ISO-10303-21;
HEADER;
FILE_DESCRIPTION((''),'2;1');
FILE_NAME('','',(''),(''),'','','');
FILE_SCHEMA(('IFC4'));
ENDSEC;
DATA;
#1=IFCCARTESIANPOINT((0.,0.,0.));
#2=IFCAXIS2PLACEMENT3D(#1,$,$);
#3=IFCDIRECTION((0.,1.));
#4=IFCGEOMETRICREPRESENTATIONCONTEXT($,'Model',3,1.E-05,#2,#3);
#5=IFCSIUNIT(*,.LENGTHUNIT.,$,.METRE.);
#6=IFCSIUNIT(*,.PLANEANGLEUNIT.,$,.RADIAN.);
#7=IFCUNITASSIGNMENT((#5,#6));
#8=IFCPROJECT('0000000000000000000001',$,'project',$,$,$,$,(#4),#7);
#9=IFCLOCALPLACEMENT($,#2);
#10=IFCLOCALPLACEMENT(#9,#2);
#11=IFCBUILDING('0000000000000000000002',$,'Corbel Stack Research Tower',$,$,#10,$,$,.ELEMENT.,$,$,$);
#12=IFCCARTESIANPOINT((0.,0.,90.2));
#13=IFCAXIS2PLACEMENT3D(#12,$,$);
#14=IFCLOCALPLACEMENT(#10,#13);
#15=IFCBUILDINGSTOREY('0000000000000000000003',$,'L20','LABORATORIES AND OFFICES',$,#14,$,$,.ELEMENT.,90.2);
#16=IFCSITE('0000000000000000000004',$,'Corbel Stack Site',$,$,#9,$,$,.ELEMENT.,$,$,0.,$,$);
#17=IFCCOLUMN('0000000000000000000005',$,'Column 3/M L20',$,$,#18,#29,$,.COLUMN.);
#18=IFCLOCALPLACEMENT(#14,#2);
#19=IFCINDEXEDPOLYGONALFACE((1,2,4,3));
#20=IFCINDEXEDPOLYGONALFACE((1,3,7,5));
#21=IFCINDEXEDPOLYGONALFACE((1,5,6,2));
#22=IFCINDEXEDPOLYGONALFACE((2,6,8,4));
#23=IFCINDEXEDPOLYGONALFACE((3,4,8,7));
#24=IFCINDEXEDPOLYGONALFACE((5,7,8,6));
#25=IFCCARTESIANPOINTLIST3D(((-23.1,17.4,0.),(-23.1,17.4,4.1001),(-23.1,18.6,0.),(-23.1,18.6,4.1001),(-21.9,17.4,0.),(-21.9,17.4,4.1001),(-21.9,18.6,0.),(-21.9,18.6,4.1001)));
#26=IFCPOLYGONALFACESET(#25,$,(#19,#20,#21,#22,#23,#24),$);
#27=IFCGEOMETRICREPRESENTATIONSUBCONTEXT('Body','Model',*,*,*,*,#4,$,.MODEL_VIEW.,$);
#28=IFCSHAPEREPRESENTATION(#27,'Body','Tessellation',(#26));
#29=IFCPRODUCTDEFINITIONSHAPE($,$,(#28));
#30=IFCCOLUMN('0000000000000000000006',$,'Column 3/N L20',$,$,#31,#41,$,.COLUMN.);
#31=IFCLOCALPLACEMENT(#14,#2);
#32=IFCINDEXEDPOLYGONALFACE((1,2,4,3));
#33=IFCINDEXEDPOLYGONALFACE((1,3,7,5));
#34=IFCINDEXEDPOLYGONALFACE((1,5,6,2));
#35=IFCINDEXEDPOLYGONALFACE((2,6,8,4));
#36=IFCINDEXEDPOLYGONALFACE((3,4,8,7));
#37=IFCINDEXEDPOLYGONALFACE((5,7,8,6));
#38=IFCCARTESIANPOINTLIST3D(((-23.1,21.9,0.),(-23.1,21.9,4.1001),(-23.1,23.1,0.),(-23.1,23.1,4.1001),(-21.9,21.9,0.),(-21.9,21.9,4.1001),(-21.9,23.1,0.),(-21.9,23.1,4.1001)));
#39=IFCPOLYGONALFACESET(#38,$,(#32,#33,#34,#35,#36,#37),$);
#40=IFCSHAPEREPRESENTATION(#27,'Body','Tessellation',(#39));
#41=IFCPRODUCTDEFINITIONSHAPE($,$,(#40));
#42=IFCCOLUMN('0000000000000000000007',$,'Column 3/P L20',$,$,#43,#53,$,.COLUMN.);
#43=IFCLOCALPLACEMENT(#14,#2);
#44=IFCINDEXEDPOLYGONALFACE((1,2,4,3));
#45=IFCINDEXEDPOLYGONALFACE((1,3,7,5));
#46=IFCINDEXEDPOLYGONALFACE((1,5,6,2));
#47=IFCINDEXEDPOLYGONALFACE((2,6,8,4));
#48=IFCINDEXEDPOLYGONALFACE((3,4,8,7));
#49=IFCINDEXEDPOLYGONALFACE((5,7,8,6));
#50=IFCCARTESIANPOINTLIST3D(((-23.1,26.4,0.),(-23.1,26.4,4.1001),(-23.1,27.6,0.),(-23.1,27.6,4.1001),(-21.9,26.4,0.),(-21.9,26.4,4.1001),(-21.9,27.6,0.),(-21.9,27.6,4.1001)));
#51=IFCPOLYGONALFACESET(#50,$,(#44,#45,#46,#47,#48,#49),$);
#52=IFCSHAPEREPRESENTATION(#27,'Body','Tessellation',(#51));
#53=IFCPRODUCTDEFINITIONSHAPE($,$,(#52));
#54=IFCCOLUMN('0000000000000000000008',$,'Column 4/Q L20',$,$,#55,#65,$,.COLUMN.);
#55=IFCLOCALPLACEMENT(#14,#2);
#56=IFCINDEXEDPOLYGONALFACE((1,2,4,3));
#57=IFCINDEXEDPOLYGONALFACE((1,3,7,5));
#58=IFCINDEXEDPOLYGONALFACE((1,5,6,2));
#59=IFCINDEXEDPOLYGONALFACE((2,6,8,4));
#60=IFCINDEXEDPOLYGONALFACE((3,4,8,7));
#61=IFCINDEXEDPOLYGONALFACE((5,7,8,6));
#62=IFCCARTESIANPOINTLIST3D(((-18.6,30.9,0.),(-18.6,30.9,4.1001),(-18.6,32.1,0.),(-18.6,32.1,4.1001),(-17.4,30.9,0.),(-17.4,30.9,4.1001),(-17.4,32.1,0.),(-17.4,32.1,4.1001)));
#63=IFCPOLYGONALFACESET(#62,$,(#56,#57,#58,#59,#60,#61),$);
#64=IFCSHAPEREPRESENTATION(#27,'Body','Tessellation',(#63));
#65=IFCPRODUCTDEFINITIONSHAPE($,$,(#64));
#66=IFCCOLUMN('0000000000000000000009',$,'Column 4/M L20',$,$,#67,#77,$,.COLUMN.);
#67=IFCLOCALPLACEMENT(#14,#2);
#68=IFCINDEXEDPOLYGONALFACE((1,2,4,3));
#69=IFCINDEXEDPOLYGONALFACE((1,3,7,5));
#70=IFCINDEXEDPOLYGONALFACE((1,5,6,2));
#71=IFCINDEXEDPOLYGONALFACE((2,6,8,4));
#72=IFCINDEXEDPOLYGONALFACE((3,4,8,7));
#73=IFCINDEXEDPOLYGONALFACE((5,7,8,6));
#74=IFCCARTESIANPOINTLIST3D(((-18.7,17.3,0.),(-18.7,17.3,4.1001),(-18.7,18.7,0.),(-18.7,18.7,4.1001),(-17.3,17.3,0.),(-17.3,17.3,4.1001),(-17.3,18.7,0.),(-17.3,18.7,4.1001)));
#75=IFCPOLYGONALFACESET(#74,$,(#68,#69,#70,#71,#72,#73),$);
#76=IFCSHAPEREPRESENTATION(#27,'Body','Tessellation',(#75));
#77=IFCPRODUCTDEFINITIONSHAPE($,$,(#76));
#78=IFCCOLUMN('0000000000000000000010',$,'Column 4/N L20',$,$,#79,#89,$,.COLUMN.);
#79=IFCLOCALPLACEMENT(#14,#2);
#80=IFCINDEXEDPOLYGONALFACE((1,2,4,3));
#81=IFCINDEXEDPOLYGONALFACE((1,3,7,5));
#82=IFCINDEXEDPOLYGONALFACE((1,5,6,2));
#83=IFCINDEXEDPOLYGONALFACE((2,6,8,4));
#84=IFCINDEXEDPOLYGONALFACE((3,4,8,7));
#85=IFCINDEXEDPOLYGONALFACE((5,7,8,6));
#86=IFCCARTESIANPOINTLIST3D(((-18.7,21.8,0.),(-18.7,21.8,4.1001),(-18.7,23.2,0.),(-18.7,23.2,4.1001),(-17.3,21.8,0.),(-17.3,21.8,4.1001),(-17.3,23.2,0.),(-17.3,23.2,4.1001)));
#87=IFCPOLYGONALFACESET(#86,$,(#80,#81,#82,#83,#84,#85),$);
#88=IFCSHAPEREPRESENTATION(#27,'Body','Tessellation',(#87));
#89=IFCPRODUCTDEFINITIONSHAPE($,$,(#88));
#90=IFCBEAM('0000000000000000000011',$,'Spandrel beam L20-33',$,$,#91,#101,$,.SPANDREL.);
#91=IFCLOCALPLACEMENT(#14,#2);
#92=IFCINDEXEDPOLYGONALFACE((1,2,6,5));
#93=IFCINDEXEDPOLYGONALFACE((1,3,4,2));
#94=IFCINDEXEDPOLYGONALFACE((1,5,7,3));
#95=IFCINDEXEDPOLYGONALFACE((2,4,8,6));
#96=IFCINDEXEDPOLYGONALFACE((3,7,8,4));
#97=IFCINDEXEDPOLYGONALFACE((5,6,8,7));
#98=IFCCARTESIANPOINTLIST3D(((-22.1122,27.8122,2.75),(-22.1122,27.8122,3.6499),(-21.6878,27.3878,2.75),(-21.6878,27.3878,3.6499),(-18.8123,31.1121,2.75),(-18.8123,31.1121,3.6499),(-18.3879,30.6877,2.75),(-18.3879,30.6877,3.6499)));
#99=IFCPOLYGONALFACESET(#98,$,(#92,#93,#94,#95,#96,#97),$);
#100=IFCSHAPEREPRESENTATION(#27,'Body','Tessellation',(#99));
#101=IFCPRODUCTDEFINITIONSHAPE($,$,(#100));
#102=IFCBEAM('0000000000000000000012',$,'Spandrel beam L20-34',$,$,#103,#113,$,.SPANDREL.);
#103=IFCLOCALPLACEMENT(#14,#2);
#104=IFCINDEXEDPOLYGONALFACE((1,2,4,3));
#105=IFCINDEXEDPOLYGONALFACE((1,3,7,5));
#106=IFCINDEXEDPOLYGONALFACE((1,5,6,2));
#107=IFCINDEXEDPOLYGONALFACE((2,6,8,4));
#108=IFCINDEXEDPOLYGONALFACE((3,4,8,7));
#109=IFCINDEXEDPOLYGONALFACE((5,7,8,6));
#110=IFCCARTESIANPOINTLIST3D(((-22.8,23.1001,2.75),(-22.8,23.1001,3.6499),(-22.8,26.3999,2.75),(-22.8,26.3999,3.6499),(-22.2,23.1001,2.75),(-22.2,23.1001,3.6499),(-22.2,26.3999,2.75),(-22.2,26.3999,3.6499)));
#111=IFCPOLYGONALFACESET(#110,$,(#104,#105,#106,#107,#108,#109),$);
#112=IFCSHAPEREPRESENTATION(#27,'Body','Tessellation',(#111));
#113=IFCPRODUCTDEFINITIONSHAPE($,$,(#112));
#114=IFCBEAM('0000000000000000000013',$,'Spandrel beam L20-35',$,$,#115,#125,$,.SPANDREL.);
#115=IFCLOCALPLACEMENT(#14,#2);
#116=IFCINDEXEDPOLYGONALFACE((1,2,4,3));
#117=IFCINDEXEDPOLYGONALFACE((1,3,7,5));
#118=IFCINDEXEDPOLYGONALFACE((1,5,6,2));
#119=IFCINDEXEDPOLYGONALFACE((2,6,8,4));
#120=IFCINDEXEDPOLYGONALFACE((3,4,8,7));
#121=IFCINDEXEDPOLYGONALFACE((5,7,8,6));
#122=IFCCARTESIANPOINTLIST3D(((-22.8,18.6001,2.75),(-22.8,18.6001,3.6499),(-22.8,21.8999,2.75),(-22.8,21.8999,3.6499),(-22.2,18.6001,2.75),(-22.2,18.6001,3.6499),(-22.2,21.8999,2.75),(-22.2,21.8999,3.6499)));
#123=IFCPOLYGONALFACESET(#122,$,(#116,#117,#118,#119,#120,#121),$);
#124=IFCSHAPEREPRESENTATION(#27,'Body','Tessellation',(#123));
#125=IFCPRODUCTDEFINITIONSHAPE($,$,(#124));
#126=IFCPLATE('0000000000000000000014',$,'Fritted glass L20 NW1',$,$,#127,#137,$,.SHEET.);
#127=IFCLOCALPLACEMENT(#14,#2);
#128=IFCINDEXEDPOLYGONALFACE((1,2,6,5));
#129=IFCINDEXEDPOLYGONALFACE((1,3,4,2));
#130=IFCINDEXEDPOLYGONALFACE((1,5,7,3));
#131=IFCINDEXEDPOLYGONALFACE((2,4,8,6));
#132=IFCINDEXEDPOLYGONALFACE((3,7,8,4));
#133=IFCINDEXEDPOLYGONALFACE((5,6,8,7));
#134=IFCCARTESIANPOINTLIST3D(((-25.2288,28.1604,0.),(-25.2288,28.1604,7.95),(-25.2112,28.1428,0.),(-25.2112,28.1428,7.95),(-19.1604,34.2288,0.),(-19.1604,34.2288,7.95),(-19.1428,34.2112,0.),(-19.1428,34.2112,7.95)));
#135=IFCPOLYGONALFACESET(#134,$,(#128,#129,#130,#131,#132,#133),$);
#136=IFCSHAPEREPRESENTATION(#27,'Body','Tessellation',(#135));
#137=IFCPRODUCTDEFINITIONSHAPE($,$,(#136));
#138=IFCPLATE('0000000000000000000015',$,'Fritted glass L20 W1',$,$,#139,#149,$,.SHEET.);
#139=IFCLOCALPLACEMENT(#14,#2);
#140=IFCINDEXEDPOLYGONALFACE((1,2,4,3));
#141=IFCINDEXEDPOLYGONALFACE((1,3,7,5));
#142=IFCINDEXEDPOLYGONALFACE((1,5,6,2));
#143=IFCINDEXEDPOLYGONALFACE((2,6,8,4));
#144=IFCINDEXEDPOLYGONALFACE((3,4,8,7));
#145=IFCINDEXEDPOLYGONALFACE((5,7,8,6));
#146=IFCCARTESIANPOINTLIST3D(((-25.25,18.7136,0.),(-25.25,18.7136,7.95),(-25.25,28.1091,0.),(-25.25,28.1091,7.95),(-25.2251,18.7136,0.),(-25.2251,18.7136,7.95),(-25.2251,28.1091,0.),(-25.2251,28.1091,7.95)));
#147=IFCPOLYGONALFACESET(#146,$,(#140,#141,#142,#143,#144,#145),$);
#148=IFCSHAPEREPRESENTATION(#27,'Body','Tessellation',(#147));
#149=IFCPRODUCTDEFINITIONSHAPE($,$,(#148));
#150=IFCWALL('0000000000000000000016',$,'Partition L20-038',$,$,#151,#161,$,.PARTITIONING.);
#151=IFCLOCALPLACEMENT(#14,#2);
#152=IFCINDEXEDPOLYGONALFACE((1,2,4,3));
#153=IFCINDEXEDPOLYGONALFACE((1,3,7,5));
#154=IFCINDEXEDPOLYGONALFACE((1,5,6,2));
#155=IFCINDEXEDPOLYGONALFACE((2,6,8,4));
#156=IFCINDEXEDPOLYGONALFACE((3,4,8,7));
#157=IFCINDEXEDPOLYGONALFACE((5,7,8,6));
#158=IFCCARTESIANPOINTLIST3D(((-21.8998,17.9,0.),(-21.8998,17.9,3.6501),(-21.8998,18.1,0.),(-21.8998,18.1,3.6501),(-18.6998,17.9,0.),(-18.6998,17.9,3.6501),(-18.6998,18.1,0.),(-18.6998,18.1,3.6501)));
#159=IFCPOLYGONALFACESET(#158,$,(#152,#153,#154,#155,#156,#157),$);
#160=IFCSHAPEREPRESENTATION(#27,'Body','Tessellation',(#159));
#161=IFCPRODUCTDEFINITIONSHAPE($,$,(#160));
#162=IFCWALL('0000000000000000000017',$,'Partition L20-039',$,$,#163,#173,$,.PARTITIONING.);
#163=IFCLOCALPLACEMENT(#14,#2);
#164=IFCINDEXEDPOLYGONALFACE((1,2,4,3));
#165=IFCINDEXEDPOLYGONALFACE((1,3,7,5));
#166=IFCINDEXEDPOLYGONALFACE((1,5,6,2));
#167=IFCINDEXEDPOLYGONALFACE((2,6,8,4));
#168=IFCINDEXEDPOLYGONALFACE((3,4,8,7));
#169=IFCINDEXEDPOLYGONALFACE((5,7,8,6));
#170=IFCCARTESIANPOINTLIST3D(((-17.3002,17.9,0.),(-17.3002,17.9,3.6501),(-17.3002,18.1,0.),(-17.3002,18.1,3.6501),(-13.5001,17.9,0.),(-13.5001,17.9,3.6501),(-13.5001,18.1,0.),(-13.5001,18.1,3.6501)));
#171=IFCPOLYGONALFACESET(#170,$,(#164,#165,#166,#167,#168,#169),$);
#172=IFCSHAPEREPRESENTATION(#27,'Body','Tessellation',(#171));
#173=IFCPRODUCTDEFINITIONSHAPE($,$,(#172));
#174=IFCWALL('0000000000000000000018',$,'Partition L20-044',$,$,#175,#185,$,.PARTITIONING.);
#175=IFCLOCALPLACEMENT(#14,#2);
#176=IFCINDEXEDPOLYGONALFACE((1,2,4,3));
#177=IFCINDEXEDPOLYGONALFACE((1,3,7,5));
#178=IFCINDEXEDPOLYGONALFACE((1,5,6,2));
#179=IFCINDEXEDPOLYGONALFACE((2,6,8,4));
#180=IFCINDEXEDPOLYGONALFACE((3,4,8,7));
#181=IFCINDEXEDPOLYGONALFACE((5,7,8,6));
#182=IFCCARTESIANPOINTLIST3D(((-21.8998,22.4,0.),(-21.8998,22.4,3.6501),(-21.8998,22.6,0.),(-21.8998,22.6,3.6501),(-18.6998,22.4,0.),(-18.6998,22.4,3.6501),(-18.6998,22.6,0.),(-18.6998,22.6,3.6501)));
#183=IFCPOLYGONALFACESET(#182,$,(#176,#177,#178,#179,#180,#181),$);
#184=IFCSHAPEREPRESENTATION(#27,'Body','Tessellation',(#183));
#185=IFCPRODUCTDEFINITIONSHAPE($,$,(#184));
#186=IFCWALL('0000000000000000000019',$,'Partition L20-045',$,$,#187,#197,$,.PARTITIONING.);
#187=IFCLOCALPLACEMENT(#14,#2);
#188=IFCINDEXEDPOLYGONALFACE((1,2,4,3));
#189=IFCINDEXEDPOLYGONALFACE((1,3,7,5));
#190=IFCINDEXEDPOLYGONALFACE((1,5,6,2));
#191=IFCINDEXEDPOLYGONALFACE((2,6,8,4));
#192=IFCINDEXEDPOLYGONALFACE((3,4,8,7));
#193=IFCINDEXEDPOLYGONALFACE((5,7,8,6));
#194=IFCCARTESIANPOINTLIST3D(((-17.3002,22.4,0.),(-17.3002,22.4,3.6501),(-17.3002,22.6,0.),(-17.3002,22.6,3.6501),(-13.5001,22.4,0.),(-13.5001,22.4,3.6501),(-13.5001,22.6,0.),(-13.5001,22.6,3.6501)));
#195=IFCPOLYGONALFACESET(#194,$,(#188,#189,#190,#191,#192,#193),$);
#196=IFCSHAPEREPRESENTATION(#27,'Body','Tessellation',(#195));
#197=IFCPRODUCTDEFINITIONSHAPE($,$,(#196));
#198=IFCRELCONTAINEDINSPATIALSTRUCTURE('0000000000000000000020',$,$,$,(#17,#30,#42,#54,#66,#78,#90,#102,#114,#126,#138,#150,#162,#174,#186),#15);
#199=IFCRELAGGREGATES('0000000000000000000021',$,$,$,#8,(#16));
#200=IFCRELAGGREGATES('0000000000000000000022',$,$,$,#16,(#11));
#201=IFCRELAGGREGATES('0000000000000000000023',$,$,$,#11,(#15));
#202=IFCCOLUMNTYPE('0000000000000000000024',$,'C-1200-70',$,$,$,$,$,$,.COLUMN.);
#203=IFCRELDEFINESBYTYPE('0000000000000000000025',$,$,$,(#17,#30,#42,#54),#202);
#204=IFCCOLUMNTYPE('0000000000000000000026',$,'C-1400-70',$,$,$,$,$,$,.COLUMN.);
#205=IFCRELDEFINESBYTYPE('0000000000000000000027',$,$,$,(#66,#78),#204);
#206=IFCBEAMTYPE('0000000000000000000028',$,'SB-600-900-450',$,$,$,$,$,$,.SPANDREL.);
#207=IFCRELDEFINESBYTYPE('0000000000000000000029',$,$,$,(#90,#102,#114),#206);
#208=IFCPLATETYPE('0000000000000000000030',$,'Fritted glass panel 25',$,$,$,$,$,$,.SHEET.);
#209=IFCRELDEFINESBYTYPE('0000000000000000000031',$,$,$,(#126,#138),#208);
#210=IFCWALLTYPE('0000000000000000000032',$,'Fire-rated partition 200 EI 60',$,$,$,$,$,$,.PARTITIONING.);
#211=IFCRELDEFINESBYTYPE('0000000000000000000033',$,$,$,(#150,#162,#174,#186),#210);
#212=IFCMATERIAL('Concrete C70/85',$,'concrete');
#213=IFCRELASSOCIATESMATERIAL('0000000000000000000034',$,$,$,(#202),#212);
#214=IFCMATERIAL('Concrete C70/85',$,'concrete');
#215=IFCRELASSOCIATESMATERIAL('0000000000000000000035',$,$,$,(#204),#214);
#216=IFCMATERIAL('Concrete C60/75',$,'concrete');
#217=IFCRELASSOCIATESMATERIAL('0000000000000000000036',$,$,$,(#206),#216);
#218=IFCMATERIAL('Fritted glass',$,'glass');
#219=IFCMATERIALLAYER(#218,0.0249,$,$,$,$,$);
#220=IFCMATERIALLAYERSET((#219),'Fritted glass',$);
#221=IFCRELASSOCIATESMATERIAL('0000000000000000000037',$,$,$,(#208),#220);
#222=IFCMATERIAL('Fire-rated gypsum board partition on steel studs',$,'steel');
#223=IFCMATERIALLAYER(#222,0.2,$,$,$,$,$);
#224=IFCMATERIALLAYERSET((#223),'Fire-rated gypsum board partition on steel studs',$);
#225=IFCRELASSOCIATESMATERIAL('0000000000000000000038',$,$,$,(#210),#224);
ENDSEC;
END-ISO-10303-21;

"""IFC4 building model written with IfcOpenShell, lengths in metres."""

from ifc_helpers import new_model, si_unit, direction, frame, frame_2d, origin, origin_2d, place, context, subcontext, project, spatial, rectangle, extrude, material, layer, layer_set, material_profile, profile_set, type_object, element, save


model = new_model("IFC4")

# Units and contexts
model_context = context("Model", 3, precision=1e-05, world=origin(), true_north=direction((0.0, 1.0)))
body_context = subcontext(model_context, "Body", "Model", "MODEL_VIEW")
ifc_project = project(units=[si_unit("LENGTHUNIT", "METRE"), si_unit("PLANEANGLEUNIT", "RADIAN")], contexts=[model_context])

# Site, building, storey
site_placement = place(None, origin())
site = spatial("IfcSite", under=ifc_project, at=site_placement, Name="Corbel Stack Site", CompositionType="ELEMENT", RefElevation=0.0)
building_placement = place(site_placement, origin())
building = spatial("IfcBuilding", under=site, at=building_placement, Name="Corbel Stack Research Tower", CompositionType="ELEMENT")
storey_placement = place(building_placement, frame((0.0, 0.0, 90.2)))
storey = spatial("IfcBuildingStorey", under=building, at=storey_placement, Name="L20", Description="LABORATORIES AND OFFICES", CompositionType="ELEMENT", Elevation=90.2)

# Columns
ifc_material_1 = material(Name="Concrete C70/85", Category="concrete")
ifc_material_profile_1 = material_profile(ifc_material_1, rectangle(XDim=1.2, YDim=1.2, at=origin_2d()), Name="RC 1200 x 1200")
ifc_profile_set_1 = profile_set([ifc_material_profile_1], Name="Concrete C70/85")
column_type_1 = type_object("IfcColumnType", Name="C-1200-70", PredefinedType="COLUMN", material=ifc_profile_set_1)
for number, where, z_axis, x_axis, name in (
    (1, (-22.5, 18.0, 0.0), (0.0, 0.0, 1.0), (1.0, 0.0, 0.0), "Column 3/M L20"),
    (2, (-22.5, 22.5, 0.0), (0.0, 0.0, 1.0), (1.0, 0.0, 0.0), "Column 3/N L20"),
    (3, (-22.5, 27.0, 0.0), (0.0, 0.0, 1.0), (1.0, 0.0, 0.0), "Column 3/P L20"),
    (4, (-18.0, 31.5, 0.0), (0.0, 0.0, 1.0), (1.0, 0.0, 0.0), "Column 4/Q L20"),
):
    element("IfcColumn", number, at=place(storey_placement, frame(where, z_axis=z_axis, x_axis=x_axis)), inside=storey, type_object=column_type_1, Name=name, PredefinedType="COLUMN", context=body_context, shape_type="SweptSolid", body=[
        extrude(rectangle(XDim=1.2, YDim=1.2, at=origin_2d()), origin(), (0.0, 0.0, 1.0), 4.1001),
    ])
ifc_material_2 = material(Name="Concrete C70/85", Category="concrete")
ifc_material_profile_2 = material_profile(ifc_material_2, rectangle(XDim=1.3999, YDim=1.3999, at=origin_2d()), Name="RC 1400 x 1400")
ifc_profile_set_2 = profile_set([ifc_material_profile_2], Name="Concrete C70/85")
column_type_2 = type_object("IfcColumnType", Name="C-1400-70", PredefinedType="COLUMN", material=ifc_profile_set_2)
for number, where, z_axis, x_axis, name in (
    (5, (-18.0, 18.0, 0.0), (0.0, 0.0, 1.0), (1.0, 0.0, 0.0), "Column 4/M L20"),
    (6, (-18.0, 22.5, 0.0), (0.0, 0.0, 1.0), (1.0, 0.0, 0.0), "Column 4/N L20"),
):
    element("IfcColumn", number, at=place(storey_placement, frame(where, z_axis=z_axis, x_axis=x_axis)), inside=storey, type_object=column_type_2, Name=name, PredefinedType="COLUMN", context=body_context, shape_type="SweptSolid", body=[
        extrude(rectangle(XDim=1.3999, YDim=1.3999, at=origin_2d()), origin(), (0.0, 0.0, 1.0), 4.1001),
    ])

# Beams
ifc_material_3 = material(Name="Concrete C60/75", Category="concrete")
ifc_material_profile_3 = material_profile(ifc_material_3, rectangle(XDim=0.6001, YDim=0.8999, at=origin_2d()), Name="RC 600 x 900")
ifc_profile_set_3 = profile_set([ifc_material_profile_3], Name="Concrete C60/75")
beam_type = type_object("IfcBeamType", Name="SB-600-900-450", PredefinedType="SPANDREL", material=ifc_profile_set_3)
beam_placement = place(storey_placement, frame((-18.6001, 30.8999, 3.2), z_axis=(-0.707107, -0.707107, 0.0), x_axis=(0.707107, -0.707107, 0.0)))
element("IfcBeam", 7, at=beam_placement, inside=storey, type_object=beam_type, Name="Spandrel beam L20-33", PredefinedType="SPANDREL", context=body_context, shape_type="SweptSolid", body=[
    extrude(rectangle(XDim=0.6001, YDim=0.8999, at=origin_2d()), origin(), (0.0, 0.0, 1.0), 4.6667),
])
for number, where, z_axis, x_axis, name in (
    (8, (-22.5, 26.3999, 3.2), (0.0, -1.0, 0.0), (1.0, 0.0, 0.0), "Spandrel beam L20-34"),
    (9, (-22.5, 21.8999, 3.2), (0.0, -1.0, 0.0), (1.0, 0.0, 0.0), "Spandrel beam L20-35"),
):
    element("IfcBeam", number, at=place(storey_placement, frame(where, z_axis=z_axis, x_axis=x_axis)), inside=storey, type_object=beam_type, Name=name, PredefinedType="SPANDREL", context=body_context, shape_type="SweptSolid", body=[
        extrude(rectangle(XDim=0.6001, YDim=0.8999, at=origin_2d()), origin(), (0.0, 0.0, 1.0), 3.2998),
    ])

# Plates
ifc_material_4 = material(Name="Fritted glass", Category="glass")
ifc_layer_1 = layer(ifc_material_4, 0.0249)
ifc_layer_set_1 = layer_set([ifc_layer_1], Name="Fritted glass")
plate_type = type_object("IfcPlateType", Name="Fritted glass panel 25", PredefinedType="SHEET", material=ifc_layer_set_1)
plate_1_placement = place(storey_placement, frame((-22.1858, 31.1858, 0.0), z_axis=(0.0, 0.0, 1.0), x_axis=(-0.707107, -0.707107, 0.0)))
element("IfcPlate", 10, at=plate_1_placement, inside=storey, type_object=plate_type, Name="Fritted glass L20 NW1", PredefinedType="SHEET", context=body_context, shape_type="SweptSolid", body=[
    extrude(rectangle(XDim=8.582, YDim=0.0249, at=origin_2d()), origin(), (0.0, 0.0, 1.0), 7.95),
])
plate_2_placement = place(storey_placement, frame((-25.2375, 23.4114, 0.0), z_axis=(0.0, 0.0, 1.0), x_axis=(0.0, -1.0, 0.0)))
element("IfcPlate", 11, at=plate_2_placement, inside=storey, type_object=plate_type, Name="Fritted glass L20 W1", PredefinedType="SHEET", context=body_context, shape_type="SweptSolid", body=[
    extrude(rectangle(XDim=9.3955, YDim=0.0249, at=origin_2d()), origin(), (0.0, 0.0, 1.0), 7.95),
])

# Walls
ifc_material_5 = material(Name="Fire-rated gypsum board partition on steel studs", Category="steel")
ifc_layer_2 = layer(ifc_material_5, 0.2)
ifc_layer_set_2 = layer_set([ifc_layer_2], Name="Fire-rated gypsum board partition on steel studs")
wall_type_1 = type_object("IfcWallType", Name="Fire-rated partition 200 EI 60", PredefinedType="PARTITIONING", material=ifc_layer_set_2)
wall_1_placement = place(storey_placement, frame((-21.8999, 18.0, 0.0), z_axis=(0.0, 0.0, 1.0), x_axis=(1.0, 0.0, 0.0)))
element("IfcWall", 12, at=wall_1_placement, inside=storey, type_object=wall_type_1, Name="Partition L20-038", PredefinedType="PARTITIONING", context=body_context, shape_type="SweptSolid", body=[
    extrude(rectangle(XDim=3.2, YDim=0.2, at=frame_2d((1.6001, 0.0))), origin(), (0.0, 0.0, 1.0), 3.6501),
])
wall_2_placement = place(storey_placement, frame((-17.3, 18.0, 0.0), z_axis=(0.0, 0.0, 1.0), x_axis=(1.0, 0.0, 0.0)))
element("IfcWall", 13, at=wall_2_placement, inside=storey, type_object=wall_type_1, Name="Partition L20-039", PredefinedType="PARTITIONING", context=body_context, shape_type="SweptSolid", body=[
    extrude(rectangle(XDim=3.8, YDim=0.2, at=frame_2d((1.8999, 0.0))), origin(), (0.0, 0.0, 1.0), 3.6501),
])
wall_3_placement = place(storey_placement, frame((-21.8999, 22.5, 0.0), z_axis=(0.0, 0.0, 1.0), x_axis=(1.0, 0.0, 0.0)))
element("IfcWall", 14, at=wall_3_placement, inside=storey, type_object=wall_type_1, Name="Partition L20-044", PredefinedType="PARTITIONING", context=body_context, shape_type="SweptSolid", body=[
    extrude(rectangle(XDim=3.2, YDim=0.2, at=frame_2d((1.6001, 0.0))), origin(), (0.0, 0.0, 1.0), 3.6501),
])
wall_4_placement = place(storey_placement, frame((-17.3, 22.5, 0.0), z_axis=(0.0, 0.0, 1.0), x_axis=(1.0, 0.0, 0.0)))
element("IfcWall", 15, at=wall_4_placement, inside=storey, type_object=wall_type_1, Name="Partition L20-045", PredefinedType="PARTITIONING", context=body_context, shape_type="SweptSolid", body=[
    extrude(rectangle(XDim=3.8, YDim=0.2, at=frame_2d((1.8999, 0.0))), origin(), (0.0, 0.0, 1.0), 3.6501),
])

save(model, "model.ifc")
